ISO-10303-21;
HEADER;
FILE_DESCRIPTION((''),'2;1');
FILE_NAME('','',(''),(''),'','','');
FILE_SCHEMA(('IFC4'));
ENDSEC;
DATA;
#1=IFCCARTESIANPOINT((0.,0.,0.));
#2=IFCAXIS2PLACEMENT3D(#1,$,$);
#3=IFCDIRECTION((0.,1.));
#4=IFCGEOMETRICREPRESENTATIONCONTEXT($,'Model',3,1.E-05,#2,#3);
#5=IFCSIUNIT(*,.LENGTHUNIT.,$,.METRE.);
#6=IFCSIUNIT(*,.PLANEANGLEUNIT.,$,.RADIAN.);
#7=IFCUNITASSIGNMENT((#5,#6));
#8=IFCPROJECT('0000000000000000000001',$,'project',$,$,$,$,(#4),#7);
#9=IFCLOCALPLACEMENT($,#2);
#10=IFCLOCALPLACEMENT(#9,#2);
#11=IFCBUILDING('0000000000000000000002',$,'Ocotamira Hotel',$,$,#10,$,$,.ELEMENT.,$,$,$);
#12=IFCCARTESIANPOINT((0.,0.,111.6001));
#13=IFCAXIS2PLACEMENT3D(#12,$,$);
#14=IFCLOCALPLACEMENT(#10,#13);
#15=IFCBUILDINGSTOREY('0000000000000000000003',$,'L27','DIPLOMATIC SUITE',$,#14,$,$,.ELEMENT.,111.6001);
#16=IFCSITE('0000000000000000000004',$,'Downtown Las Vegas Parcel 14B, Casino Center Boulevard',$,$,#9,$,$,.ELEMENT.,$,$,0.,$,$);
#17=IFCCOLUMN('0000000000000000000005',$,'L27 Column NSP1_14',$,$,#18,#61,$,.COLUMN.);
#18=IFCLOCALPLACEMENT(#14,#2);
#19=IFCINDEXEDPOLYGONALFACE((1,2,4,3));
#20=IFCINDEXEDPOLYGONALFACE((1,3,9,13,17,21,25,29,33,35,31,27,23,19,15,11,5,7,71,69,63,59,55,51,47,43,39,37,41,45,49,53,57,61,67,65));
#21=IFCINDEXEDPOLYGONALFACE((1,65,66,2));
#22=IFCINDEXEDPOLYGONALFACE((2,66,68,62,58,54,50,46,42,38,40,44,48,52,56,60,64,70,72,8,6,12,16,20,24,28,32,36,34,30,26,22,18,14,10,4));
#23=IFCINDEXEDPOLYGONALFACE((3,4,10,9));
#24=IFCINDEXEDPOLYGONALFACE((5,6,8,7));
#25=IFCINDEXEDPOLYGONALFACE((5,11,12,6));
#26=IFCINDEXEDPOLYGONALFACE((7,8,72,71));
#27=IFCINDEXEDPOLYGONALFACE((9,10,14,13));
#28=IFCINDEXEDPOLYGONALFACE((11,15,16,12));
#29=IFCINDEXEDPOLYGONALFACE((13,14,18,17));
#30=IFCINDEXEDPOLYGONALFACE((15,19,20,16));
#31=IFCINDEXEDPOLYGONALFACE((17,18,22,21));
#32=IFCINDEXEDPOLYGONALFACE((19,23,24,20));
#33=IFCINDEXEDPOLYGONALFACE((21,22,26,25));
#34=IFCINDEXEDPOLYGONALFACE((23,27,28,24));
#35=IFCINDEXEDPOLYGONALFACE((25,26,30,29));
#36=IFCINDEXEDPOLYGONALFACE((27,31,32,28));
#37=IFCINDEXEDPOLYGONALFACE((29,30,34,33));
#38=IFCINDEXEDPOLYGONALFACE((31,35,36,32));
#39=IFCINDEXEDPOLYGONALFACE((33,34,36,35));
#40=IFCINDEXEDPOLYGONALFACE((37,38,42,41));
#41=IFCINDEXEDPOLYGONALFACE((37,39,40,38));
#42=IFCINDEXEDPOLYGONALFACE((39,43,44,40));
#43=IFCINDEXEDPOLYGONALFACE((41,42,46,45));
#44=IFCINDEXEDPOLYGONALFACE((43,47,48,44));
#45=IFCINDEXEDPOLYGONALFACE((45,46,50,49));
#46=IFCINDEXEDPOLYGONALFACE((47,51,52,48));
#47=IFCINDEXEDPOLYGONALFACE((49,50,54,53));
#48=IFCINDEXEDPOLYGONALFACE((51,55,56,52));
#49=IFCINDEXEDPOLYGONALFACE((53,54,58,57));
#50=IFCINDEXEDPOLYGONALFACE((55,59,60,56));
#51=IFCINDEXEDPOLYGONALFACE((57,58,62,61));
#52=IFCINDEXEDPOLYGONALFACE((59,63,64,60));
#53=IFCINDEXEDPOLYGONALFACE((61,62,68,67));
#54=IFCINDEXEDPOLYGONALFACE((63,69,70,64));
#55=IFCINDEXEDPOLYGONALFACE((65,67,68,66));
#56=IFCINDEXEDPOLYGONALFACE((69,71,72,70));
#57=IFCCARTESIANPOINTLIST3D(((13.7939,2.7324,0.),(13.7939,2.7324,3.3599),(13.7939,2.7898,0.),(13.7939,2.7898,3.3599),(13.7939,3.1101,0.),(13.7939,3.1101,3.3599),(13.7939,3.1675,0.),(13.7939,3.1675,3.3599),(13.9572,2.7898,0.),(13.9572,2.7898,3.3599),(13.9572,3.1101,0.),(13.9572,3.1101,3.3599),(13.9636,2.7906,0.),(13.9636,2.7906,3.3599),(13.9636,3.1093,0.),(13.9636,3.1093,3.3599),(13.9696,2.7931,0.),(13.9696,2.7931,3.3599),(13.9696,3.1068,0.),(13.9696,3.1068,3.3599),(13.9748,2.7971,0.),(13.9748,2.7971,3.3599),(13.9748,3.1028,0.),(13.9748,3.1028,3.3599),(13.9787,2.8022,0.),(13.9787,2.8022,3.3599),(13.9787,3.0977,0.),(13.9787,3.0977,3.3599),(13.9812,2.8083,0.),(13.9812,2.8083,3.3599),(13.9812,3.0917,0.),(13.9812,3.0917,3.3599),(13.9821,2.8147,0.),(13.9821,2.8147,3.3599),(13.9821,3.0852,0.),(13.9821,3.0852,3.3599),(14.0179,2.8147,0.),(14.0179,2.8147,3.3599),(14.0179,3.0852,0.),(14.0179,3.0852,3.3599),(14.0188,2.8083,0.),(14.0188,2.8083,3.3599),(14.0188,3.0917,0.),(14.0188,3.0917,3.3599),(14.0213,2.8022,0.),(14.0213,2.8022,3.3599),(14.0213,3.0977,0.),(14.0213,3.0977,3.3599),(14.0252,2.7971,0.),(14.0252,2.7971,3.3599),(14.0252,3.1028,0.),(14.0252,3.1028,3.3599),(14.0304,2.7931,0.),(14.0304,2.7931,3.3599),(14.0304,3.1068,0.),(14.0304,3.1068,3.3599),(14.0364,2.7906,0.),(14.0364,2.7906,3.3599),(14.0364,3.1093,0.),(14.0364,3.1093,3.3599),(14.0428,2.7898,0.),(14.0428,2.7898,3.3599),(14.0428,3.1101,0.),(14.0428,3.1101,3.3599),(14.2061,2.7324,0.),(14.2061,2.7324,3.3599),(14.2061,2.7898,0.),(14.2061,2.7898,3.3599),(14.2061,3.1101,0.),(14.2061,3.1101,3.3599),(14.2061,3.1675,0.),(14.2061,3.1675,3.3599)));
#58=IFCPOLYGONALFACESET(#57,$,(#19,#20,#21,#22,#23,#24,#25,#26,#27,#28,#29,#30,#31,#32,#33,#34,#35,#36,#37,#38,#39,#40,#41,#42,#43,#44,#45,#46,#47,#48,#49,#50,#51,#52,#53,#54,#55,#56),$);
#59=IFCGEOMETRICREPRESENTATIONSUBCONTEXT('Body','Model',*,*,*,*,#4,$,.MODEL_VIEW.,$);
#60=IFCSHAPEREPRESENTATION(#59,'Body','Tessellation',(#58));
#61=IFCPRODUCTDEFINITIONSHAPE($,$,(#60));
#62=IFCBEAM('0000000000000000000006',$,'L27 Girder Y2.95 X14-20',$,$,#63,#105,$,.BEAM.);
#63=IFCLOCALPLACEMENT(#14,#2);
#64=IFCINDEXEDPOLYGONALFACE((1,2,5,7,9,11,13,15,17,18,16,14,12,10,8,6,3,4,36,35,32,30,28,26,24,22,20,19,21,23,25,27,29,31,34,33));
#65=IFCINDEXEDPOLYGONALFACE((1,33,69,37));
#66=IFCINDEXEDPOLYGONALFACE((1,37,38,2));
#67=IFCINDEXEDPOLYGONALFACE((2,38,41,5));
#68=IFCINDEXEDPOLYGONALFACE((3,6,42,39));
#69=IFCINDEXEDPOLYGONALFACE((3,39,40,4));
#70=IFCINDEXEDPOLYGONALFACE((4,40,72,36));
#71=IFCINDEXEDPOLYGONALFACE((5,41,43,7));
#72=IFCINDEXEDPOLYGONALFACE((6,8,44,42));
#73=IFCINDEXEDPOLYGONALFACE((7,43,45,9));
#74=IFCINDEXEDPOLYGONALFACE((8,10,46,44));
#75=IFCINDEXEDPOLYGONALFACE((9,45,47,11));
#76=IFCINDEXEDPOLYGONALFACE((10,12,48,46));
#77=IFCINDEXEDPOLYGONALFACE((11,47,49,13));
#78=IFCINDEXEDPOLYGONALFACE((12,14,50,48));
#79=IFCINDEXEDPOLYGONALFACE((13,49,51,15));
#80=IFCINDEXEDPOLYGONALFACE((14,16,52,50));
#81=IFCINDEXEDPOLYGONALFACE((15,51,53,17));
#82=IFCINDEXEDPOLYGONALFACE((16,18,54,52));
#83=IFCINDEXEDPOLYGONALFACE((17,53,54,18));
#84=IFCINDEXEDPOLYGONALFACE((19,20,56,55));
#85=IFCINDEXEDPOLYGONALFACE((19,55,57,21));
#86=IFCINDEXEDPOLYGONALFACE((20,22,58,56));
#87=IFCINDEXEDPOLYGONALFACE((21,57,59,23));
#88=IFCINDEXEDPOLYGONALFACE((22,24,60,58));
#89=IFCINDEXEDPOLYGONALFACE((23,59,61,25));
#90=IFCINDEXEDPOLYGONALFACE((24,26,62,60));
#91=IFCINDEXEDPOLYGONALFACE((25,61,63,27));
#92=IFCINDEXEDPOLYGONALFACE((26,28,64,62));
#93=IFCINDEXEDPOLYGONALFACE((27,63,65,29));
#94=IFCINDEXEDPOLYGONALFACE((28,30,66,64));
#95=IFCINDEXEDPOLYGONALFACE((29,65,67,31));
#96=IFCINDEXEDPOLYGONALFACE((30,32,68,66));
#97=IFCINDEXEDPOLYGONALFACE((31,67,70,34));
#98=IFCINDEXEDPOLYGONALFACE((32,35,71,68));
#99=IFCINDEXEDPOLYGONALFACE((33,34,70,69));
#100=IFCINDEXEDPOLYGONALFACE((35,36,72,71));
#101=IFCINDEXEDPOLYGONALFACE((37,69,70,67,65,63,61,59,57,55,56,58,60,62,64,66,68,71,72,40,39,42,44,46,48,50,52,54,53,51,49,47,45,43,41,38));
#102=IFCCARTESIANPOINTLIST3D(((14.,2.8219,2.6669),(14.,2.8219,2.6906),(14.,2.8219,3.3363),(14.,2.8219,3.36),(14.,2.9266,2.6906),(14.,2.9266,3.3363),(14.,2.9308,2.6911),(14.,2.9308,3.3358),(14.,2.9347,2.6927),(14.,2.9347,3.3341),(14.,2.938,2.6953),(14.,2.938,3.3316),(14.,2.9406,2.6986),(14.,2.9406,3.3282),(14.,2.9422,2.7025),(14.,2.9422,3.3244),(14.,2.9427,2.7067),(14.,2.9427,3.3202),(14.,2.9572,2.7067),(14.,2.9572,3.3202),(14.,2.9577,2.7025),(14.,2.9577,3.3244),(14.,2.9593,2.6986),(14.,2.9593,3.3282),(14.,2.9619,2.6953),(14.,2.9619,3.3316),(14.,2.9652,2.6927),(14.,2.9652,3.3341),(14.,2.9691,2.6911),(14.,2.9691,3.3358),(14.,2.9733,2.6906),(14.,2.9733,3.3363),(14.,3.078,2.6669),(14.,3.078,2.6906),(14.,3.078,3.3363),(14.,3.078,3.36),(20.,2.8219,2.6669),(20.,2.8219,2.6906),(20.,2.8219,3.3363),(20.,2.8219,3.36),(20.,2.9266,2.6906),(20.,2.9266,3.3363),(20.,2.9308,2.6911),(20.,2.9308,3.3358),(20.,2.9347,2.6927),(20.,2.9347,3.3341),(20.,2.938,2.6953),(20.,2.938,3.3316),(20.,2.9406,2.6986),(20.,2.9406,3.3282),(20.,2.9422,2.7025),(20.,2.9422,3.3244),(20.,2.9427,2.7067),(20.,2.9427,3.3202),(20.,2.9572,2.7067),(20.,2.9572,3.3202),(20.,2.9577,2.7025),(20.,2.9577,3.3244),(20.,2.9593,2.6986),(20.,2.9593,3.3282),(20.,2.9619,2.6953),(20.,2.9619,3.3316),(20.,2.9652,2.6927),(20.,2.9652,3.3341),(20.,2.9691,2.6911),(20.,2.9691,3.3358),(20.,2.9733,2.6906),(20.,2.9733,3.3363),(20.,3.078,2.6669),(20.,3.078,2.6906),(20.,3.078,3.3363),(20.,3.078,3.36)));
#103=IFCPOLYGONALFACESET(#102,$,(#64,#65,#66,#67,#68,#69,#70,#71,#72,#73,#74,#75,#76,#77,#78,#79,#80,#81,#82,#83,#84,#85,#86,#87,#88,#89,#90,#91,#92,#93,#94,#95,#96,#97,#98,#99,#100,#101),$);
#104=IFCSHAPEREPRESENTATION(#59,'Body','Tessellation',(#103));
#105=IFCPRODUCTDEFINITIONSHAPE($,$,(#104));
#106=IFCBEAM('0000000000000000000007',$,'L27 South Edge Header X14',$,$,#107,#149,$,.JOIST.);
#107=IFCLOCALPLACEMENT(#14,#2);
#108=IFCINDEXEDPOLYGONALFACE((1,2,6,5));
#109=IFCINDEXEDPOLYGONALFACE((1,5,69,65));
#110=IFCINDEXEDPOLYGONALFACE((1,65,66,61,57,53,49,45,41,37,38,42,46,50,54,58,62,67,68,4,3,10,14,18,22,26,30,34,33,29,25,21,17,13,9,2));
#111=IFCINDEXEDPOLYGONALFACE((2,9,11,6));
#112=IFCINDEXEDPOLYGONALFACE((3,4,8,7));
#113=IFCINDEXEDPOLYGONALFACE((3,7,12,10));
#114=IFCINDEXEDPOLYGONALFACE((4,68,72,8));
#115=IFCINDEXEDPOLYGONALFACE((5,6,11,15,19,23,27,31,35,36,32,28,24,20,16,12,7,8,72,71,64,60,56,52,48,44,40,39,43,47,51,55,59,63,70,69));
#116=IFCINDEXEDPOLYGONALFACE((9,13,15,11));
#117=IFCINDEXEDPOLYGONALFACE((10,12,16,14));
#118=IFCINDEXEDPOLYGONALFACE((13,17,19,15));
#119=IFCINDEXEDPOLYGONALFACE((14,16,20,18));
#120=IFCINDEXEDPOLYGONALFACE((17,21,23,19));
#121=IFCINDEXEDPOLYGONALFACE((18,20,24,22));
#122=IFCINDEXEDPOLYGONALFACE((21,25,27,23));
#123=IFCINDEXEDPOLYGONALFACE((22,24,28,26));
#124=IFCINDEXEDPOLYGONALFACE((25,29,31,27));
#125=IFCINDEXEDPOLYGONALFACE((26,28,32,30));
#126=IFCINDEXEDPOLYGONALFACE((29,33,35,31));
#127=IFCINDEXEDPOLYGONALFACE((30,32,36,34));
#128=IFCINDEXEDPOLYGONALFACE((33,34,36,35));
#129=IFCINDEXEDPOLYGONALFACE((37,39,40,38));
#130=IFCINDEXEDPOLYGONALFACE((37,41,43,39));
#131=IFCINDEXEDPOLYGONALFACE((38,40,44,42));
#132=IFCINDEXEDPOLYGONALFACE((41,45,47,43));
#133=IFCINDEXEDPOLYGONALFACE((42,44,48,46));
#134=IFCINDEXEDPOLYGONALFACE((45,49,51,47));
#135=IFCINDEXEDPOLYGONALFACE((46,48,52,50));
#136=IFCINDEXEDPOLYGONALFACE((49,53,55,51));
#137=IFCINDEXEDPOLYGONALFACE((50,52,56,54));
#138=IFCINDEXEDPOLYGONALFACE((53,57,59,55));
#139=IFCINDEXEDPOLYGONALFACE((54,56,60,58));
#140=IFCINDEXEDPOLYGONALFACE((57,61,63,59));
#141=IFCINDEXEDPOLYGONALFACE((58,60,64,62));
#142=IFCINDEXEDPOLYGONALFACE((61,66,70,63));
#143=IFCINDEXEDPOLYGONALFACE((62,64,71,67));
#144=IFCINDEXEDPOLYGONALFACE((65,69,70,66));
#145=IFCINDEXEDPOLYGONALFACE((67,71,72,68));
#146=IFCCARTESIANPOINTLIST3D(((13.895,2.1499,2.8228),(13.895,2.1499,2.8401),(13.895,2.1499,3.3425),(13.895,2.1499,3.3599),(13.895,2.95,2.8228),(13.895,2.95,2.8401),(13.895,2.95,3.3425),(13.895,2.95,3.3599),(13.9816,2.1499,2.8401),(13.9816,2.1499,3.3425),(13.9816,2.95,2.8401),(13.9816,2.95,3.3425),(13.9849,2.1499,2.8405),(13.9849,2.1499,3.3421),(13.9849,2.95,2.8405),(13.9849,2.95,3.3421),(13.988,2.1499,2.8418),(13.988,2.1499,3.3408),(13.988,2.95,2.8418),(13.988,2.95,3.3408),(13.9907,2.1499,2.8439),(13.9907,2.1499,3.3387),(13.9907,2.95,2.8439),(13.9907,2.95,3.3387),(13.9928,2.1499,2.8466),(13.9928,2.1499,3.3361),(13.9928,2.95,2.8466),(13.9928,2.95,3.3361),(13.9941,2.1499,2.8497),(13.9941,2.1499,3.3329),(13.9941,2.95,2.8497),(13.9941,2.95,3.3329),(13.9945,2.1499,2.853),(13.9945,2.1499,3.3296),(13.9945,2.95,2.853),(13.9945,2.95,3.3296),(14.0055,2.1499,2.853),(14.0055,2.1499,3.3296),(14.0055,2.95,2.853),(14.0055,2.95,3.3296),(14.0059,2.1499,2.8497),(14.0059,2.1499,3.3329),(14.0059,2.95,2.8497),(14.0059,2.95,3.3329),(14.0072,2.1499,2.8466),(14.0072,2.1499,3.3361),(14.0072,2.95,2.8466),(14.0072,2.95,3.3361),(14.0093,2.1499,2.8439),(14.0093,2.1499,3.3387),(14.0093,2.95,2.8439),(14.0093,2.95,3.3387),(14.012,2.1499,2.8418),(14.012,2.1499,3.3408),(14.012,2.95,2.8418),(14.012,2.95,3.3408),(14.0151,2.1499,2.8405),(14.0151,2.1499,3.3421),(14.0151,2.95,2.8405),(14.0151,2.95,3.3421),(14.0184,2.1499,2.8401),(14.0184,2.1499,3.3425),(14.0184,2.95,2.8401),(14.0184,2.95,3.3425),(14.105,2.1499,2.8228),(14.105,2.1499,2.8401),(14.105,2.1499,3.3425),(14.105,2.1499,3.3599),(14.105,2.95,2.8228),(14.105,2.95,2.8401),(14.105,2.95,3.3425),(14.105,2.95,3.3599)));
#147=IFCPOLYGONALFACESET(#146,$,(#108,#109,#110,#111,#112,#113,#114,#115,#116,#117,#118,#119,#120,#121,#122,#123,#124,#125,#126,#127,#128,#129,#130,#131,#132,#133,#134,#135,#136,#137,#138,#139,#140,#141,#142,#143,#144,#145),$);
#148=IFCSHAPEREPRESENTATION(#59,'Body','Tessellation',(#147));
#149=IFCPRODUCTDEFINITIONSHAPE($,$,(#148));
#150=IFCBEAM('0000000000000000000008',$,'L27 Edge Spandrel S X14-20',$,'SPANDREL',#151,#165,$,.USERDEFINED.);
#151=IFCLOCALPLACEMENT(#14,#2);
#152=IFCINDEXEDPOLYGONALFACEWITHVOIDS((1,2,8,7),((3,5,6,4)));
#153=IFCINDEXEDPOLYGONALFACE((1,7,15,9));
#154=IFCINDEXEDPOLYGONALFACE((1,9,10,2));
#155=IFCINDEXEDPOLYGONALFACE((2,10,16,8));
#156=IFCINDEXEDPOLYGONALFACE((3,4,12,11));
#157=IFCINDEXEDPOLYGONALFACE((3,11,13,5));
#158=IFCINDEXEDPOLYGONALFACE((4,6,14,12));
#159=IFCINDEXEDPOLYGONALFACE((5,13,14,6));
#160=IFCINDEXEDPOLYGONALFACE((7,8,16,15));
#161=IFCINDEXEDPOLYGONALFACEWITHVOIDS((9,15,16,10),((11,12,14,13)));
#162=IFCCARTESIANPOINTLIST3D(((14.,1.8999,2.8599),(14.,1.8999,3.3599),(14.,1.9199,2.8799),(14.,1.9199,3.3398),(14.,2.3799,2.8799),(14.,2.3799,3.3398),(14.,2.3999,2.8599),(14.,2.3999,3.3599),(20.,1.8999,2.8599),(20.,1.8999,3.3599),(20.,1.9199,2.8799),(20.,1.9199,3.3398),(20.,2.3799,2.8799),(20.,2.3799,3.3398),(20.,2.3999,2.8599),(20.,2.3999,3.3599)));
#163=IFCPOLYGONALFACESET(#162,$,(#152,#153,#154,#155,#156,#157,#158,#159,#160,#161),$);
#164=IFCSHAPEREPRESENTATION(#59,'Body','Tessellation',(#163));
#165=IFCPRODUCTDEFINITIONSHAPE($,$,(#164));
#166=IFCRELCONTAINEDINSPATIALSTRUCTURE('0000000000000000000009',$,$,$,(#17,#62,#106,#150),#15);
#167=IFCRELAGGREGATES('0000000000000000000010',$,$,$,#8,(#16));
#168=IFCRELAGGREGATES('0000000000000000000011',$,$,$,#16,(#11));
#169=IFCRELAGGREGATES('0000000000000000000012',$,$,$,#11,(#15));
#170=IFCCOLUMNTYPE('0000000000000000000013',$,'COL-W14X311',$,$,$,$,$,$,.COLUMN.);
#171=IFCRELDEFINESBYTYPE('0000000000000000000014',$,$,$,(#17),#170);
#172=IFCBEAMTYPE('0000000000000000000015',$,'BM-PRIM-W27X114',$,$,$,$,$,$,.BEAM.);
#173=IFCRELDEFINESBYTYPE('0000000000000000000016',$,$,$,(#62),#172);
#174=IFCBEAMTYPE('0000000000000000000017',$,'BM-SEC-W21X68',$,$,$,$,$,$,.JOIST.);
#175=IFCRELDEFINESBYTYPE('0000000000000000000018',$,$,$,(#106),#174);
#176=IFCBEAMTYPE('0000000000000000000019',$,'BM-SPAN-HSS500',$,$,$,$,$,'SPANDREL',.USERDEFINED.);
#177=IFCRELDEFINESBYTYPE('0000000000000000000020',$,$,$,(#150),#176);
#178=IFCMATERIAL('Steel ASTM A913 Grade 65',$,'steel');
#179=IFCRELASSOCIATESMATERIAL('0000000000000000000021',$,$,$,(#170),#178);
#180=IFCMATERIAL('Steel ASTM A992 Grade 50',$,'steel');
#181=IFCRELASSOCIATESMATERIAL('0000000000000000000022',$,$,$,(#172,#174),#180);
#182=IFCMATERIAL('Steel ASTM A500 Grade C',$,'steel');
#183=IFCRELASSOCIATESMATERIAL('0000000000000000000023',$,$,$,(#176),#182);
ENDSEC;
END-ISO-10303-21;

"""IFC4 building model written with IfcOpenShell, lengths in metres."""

from ifc_helpers import new_model, si_unit, direction, frame, origin, origin_2d, place, context, subcontext, project, spatial, hollow_rectangle, i_section, extrude, source, transform, mapped, material, material_profile, profile_set, type_object, element, save


model = new_model("IFC4")

# Units and contexts
model_context = context("Model", 3, precision=1e-05, world=origin(), true_north=direction((0.0, 1.0)))
body_context = subcontext(model_context, "Body", "Model", "MODEL_VIEW")
ifc_project = project(units=[si_unit("LENGTHUNIT", "METRE"), si_unit("PLANEANGLEUNIT", "RADIAN")], contexts=[model_context])

# Site, building, storey
site_placement = place(None, origin())
site = spatial("IfcSite", under=ifc_project, at=site_placement, Name="Downtown Las Vegas Parcel 14B, Casino Center Boulevard", CompositionType="ELEMENT", RefElevation=0.0)
building_placement = place(site_placement, origin())
building = spatial("IfcBuilding", under=site, at=building_placement, Name="Ocotamira Hotel", CompositionType="ELEMENT")
storey_placement = place(building_placement, frame((0.0, 0.0, 111.6001)))
storey = spatial("IfcBuildingStorey", under=building, at=storey_placement, Name="L27", Description="DIPLOMATIC SUITE", CompositionType="ELEMENT", Elevation=111.6001)

# Column
ifc_material_1 = material(Name="Steel ASTM A913 Grade 65", Category="steel")
ifc_material_profile_1 = material_profile(ifc_material_1, i_section(OverallWidth=0.4121, OverallDepth=0.4351, WebThickness=0.0359, FlangeThickness=0.0574, FilletRadius=0.0249, at=origin_2d()), Name="W14X311")
ifc_profile_set_1 = profile_set([ifc_material_profile_1], Name="Steel ASTM A913 Grade 65")
column_type = type_object("IfcColumnType", Name="COL-W14X311", PredefinedType="COLUMN", material=ifc_profile_set_1)
shared_shape_1 = source(origin(), body_context, "Body", "SweptSolid", [
    extrude(i_section(OverallWidth=0.4121, OverallDepth=0.4351, WebThickness=0.0359, FlangeThickness=0.0574, FilletRadius=0.0249, at=origin_2d()), origin(), (0.0, 0.0, 1.0), 3.3599),
])
column_placement = place(storey_placement, frame((14.0, 2.95, 0.0), z_axis=(0.0, 0.0, 1.0), x_axis=(1.0, 0.0, 0.0)))
element("IfcColumn", 1, at=column_placement, inside=storey, type_object=column_type, Name="L27 Column NSP1_14", PredefinedType="COLUMN", context=body_context, shape_type="MappedRepresentation", body=[
    mapped(shared_shape_1, transform((0.0, 0.0, 0.0), scale=1.0)),
])

# Beams
ifc_material_2 = material(Name="Steel ASTM A992 Grade 50", Category="steel")
ifc_material_profile_2 = material_profile(ifc_material_2, i_section(OverallWidth=0.2561, OverallDepth=0.6931, WebThickness=0.0144, FlangeThickness=0.0237, FilletRadius=0.0161, at=origin_2d()), Name="W27X114")
ifc_profile_set_2 = profile_set([ifc_material_profile_2], Name="Steel ASTM A992 Grade 50")
beam_type_1 = type_object("IfcBeamType", Name="BM-PRIM-W27X114", PredefinedType="BEAM", material=ifc_profile_set_2)
shared_shape_2 = source(origin(), body_context, "Body", "SweptSolid", [
    extrude(i_section(OverallWidth=0.2561, OverallDepth=0.6931, WebThickness=0.0144, FlangeThickness=0.0237, FilletRadius=0.0161, at=origin_2d()), origin(), (0.0, 0.0, 1.0), 6.0),
])
beam_1_placement = place(storey_placement, frame((14.0, 2.95, 3.0134), z_axis=(1.0, 0.0, 0.0), x_axis=(0.0, 1.0, 0.0)))
element("IfcBeam", 2, at=beam_1_placement, inside=storey, type_object=beam_type_1, Name="L27 Girder Y2.95 X14-20", PredefinedType="BEAM", context=body_context, shape_type="MappedRepresentation", body=[
    mapped(shared_shape_2, transform((0.0, 0.0, 0.0), scale=1.0)),
])
ifc_material_profile_3 = material_profile(ifc_material_2, i_section(OverallWidth=0.21, OverallDepth=0.5371, WebThickness=0.011, FlangeThickness=0.0173, FilletRadius=0.0129, at=origin_2d()), Name="W21X68")
ifc_profile_set_3 = profile_set([ifc_material_profile_3], Name="Steel ASTM A992 Grade 50")
beam_type_2 = type_object("IfcBeamType", Name="BM-SEC-W21X68", PredefinedType="JOIST", material=ifc_profile_set_3)
shared_shape_3 = source(origin(), body_context, "Body", "SweptSolid", [
    extrude(i_section(OverallWidth=0.21, OverallDepth=0.5371, WebThickness=0.011, FlangeThickness=0.0173, FilletRadius=0.0129, at=origin_2d()), origin(), (0.0, 0.0, 1.0), 0.8),
])
beam_2_placement = place(storey_placement, frame((14.0, 2.95, 3.0913), z_axis=(0.0, -1.0, 0.0), x_axis=(1.0, 0.0, 0.0)))
element("IfcBeam", 3, at=beam_2_placement, inside=storey, type_object=beam_type_2, Name="L27 South Edge Header X14", PredefinedType="JOIST", context=body_context, shape_type="MappedRepresentation", body=[
    mapped(shared_shape_3, transform((0.0, 0.0, 0.0), scale=1.0)),
])
ifc_material_3 = material(Name="Steel ASTM A500 Grade C", Category="steel")
ifc_material_profile_4 = material_profile(ifc_material_3, hollow_rectangle(XDim=0.5, YDim=0.5, WallThickness=0.02, at=origin_2d()), Name="HSS500X500X20")
ifc_profile_set_4 = profile_set([ifc_material_profile_4], Name="Steel ASTM A500 Grade C")
beam_type_3 = type_object("IfcBeamType", Name="BM-SPAN-HSS500", ElementType="SPANDREL", PredefinedType="USERDEFINED", material=ifc_profile_set_4)
shared_shape_4 = source(origin(), body_context, "Body", "SweptSolid", [
    extrude(hollow_rectangle(XDim=0.5, YDim=0.5, WallThickness=0.02, at=origin_2d()), origin(), (0.0, 0.0, 1.0), 6.0),
])
beam_3_placement = place(storey_placement, frame((14.0, 2.1499, 3.1099), z_axis=(1.0, 0.0, 0.0), x_axis=(0.0, 1.0, 0.0)))
element("IfcBeam", 4, at=beam_3_placement, inside=storey, type_object=beam_type_3, Name="L27 Edge Spandrel S X14-20", ObjectType="SPANDREL", PredefinedType="USERDEFINED", context=body_context, shape_type="MappedRepresentation", body=[
    mapped(shared_shape_4, transform((0.0, 0.0, 0.0), scale=1.0)),
])

save(model, "model.ifc")
